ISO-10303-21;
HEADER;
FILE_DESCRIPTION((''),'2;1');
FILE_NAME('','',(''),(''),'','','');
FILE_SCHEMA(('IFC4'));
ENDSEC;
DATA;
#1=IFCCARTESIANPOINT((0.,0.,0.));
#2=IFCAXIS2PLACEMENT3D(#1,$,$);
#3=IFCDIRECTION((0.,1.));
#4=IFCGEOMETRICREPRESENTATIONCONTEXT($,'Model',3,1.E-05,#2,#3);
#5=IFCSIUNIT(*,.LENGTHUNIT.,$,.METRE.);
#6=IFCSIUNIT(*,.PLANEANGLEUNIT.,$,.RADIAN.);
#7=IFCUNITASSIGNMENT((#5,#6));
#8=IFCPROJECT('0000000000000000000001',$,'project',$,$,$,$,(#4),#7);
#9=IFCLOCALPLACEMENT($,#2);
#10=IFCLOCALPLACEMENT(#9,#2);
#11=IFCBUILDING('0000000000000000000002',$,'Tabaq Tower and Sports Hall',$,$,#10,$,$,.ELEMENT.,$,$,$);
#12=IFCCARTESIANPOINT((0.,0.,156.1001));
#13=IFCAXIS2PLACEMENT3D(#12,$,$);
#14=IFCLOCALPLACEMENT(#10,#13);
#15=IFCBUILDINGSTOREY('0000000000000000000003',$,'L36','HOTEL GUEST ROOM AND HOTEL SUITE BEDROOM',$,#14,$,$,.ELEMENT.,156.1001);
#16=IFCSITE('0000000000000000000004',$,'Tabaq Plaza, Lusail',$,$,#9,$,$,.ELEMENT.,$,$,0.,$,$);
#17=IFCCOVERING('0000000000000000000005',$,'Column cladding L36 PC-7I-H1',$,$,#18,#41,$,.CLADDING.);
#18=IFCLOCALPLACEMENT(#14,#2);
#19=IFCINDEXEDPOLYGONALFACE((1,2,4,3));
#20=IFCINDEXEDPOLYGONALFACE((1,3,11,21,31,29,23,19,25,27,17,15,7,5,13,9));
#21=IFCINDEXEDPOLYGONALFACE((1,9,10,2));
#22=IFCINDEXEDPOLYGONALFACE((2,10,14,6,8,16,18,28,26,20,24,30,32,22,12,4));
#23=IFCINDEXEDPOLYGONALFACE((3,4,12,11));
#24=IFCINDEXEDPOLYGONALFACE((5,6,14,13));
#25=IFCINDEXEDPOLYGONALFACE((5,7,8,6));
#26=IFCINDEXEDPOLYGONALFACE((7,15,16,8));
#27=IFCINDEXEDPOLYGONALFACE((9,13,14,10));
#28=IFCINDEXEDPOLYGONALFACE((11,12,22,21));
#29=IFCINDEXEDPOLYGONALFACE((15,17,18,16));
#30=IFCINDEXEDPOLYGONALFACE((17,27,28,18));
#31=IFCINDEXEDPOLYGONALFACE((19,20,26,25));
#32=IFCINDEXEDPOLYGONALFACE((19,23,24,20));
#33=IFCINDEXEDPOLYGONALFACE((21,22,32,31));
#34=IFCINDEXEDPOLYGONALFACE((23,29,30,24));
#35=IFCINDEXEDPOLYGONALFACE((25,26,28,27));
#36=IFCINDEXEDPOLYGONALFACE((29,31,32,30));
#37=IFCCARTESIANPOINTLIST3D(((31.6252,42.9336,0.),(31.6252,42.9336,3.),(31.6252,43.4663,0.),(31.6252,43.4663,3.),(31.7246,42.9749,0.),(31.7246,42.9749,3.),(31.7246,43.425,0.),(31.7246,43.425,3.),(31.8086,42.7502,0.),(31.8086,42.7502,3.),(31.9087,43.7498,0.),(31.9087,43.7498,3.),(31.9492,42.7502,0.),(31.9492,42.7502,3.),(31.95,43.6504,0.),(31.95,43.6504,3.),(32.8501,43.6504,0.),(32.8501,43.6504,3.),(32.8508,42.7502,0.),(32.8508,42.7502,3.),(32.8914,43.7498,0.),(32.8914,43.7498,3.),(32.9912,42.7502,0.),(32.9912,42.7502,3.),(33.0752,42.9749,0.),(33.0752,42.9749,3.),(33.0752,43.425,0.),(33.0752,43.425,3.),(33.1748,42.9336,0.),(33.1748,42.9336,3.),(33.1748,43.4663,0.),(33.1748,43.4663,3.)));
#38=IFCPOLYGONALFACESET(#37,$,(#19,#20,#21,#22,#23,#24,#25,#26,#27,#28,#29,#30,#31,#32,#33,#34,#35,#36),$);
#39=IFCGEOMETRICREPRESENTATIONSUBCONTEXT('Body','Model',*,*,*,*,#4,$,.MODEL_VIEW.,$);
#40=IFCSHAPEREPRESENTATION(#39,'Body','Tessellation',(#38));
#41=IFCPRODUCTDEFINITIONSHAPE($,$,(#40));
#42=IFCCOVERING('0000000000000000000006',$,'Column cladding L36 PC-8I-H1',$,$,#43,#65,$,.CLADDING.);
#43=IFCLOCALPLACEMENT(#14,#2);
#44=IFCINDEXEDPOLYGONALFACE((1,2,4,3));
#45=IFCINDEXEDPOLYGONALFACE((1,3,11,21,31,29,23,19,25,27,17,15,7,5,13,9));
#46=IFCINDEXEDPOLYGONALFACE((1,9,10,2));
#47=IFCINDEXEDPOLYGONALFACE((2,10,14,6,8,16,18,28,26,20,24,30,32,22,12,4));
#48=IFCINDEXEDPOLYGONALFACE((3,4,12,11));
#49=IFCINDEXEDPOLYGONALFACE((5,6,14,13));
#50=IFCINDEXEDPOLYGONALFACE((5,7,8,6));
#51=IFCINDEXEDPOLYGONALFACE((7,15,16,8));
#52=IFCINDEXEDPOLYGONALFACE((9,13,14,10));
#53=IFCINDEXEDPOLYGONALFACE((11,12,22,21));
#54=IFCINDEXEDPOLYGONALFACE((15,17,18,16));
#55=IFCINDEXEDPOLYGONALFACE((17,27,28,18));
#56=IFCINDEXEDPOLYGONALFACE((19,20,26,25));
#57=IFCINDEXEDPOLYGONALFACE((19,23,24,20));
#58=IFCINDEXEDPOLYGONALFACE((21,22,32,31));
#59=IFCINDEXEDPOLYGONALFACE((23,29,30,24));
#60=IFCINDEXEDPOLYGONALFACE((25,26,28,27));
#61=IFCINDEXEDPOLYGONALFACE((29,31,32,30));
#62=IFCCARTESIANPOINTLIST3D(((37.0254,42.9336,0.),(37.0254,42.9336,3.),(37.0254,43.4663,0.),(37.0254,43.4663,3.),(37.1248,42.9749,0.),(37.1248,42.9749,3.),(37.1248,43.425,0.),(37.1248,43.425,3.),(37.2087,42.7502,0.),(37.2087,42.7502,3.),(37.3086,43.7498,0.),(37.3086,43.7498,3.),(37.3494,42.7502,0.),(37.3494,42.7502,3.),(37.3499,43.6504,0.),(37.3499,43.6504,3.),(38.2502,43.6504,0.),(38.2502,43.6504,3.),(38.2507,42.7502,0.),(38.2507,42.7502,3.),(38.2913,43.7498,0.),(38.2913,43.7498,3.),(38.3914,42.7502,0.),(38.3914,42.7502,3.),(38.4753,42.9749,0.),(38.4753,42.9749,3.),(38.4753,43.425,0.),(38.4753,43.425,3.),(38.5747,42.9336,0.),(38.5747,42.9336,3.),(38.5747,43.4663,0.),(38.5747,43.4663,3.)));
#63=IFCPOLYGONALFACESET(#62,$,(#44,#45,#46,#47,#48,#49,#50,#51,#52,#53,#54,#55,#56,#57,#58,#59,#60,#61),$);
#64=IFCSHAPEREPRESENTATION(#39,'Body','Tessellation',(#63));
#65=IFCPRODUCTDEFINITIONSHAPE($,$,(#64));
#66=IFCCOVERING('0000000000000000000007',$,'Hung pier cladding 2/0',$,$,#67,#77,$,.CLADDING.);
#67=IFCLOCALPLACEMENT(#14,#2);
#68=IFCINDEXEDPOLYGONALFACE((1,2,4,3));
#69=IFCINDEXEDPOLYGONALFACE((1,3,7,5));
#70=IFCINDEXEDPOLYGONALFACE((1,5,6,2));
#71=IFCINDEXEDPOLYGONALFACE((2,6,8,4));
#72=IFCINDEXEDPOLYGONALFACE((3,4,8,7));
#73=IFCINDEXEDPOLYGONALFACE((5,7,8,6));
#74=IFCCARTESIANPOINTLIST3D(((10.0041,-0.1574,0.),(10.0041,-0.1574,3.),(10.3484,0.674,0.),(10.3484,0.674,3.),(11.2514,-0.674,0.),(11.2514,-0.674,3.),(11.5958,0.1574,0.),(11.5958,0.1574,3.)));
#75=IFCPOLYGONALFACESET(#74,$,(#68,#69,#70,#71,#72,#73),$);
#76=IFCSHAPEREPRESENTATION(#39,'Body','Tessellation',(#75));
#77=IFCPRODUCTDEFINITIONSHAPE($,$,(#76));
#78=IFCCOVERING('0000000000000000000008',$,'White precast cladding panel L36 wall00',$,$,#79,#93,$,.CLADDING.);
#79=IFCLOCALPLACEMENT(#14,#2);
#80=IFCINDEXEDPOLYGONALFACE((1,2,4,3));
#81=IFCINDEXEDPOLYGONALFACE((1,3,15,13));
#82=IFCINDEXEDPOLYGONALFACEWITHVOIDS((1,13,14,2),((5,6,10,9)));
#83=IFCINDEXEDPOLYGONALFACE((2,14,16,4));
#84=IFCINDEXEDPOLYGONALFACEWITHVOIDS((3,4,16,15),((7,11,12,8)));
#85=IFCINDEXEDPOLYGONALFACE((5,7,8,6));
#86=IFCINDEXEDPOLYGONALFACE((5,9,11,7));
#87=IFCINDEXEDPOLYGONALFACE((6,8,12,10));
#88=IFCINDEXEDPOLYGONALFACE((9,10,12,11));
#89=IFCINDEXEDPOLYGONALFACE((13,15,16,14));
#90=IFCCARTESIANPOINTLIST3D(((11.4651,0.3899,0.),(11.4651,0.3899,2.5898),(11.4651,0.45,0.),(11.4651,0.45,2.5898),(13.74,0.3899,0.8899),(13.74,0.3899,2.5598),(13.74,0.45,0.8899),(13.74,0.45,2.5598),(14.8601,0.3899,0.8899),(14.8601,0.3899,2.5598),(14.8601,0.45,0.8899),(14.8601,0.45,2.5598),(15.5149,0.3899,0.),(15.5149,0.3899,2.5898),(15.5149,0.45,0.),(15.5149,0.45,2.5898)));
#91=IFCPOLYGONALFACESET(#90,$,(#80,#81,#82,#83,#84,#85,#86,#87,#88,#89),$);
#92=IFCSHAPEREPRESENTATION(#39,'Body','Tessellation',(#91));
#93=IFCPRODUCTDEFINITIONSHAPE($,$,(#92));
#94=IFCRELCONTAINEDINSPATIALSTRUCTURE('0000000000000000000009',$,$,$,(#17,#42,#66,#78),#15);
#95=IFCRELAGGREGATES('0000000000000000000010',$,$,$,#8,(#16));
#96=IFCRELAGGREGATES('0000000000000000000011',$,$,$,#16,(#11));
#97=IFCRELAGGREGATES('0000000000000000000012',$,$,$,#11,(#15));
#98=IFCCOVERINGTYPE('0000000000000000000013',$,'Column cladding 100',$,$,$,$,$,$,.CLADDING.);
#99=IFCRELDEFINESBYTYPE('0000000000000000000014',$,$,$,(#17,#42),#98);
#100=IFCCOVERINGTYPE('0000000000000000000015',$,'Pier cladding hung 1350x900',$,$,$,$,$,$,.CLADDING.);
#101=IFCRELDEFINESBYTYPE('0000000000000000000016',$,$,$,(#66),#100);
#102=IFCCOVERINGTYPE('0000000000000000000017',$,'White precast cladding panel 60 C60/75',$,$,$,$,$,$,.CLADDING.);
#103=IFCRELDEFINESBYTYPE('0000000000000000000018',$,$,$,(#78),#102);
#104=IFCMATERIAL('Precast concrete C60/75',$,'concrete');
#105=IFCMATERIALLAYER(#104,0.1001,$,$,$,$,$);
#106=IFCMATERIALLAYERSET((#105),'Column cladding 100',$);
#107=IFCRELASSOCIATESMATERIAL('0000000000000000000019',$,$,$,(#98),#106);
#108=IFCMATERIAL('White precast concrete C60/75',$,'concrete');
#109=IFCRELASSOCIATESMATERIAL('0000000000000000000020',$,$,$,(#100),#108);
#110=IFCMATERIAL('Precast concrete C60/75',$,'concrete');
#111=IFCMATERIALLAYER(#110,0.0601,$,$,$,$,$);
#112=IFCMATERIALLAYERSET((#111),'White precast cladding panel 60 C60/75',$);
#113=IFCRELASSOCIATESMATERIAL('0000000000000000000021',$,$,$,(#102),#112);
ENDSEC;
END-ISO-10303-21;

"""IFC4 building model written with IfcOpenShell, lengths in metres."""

from ifc_helpers import new_model, si_unit, direction, frame, frame_2d, origin, place, context, subcontext, project, spatial, polyline, rectangle, outline, extrude, material, layer, layer_set, type_object, element, save


model = new_model("IFC4")

# Units and contexts
model_context = context("Model", 3, precision=1e-05, world=origin(), true_north=direction((0.0, 1.0)))
body_context = subcontext(model_context, "Body", "Model", "MODEL_VIEW")
ifc_project = project(units=[si_unit("LENGTHUNIT", "METRE"), si_unit("PLANEANGLEUNIT", "RADIAN")], contexts=[model_context])

# Site, building, storey
site_placement = place(None, origin())
site = spatial("IfcSite", under=ifc_project, at=site_placement, Name="Tabaq Plaza, Lusail", CompositionType="ELEMENT", RefElevation=0.0)
building_placement = place(site_placement, origin())
building = spatial("IfcBuilding", under=site, at=building_placement, Name="Tabaq Tower and Sports Hall", CompositionType="ELEMENT")
storey_placement = place(building_placement, frame((0.0, 0.0, 156.1001)))
storey = spatial("IfcBuildingStorey", under=building, at=storey_placement, Name="L36", Description="HOTEL GUEST ROOM AND HOTEL SUITE BEDROOM", CompositionType="ELEMENT", Elevation=156.1001)

# Coverings
ifc_material_1 = material(Name="Precast concrete C60/75", Category="concrete")
ifc_layer_1 = layer(ifc_material_1, 0.1001)
ifc_layer_set_1 = layer_set([ifc_layer_1], Name="Column cladding 100")
covering_type_1 = type_object("IfcCoveringType", Name="Column cladding 100", PredefinedType="CLADDING", material=ifc_layer_set_1)
covering_1_placement = place(storey_placement, origin())
element("IfcCovering", 1, at=covering_1_placement, inside=storey, type_object=covering_type_1, Name="Column cladding L36 PC-7I-H1", PredefinedType="CLADDING", context=body_context, shape_type="SweptSolid", body=[
    extrude(outline(polyline([(31.6252, 43.4663), (31.9087, 43.7498), (32.8914, 43.7498), (33.1748, 43.4663), (33.1748, 42.9336), (32.9912, 42.7502), (32.8508, 42.7502), (33.0752, 42.9749), (33.0752, 43.425), (32.8501, 43.6504), (31.95, 43.6504), (31.7246, 43.425), (31.7246, 42.9749), (31.9492, 42.7502), (31.8086, 42.7502), (31.6252, 42.9336), (31.6252, 43.4663)])), origin(), (0.0, 0.0, 1.0), 3.0),
])
covering_2_placement = place(storey_placement, origin())
element("IfcCovering", 2, at=covering_2_placement, inside=storey, type_object=covering_type_1, Name="Column cladding L36 PC-8I-H1", PredefinedType="CLADDING", context=body_context, shape_type="SweptSolid", body=[
    extrude(outline(polyline([(37.0254, 43.4663), (37.3086, 43.7498), (38.2913, 43.7498), (38.5747, 43.4663), (38.5747, 42.9336), (38.3914, 42.7502), (38.2507, 42.7502), (38.4753, 42.9749), (38.4753, 43.425), (38.2502, 43.6504), (37.3499, 43.6504), (37.1248, 43.425), (37.1248, 42.9749), (37.3494, 42.7502), (37.2087, 42.7502), (37.0254, 42.9336), (37.0254, 43.4663)])), origin(), (0.0, 0.0, 1.0), 3.0),
])
ifc_material_2 = material(Name="White precast concrete C60/75", Category="concrete")
covering_type_2 = type_object("IfcCoveringType", Name="Pier cladding hung 1350x900", PredefinedType="CLADDING", material=ifc_material_2)
covering_3_placement = place(storey_placement, frame((10.1763, 0.2583, 0.0), z_axis=(0.0, 0.0, 1.0), x_axis=(0.923893, -0.38265, 0.0)))
element("IfcCovering", 3, at=covering_3_placement, inside=storey, type_object=covering_type_2, Name="Hung pier cladding 2/0", PredefinedType="CLADDING", context=body_context, shape_type="SweptSolid", body=[
    extrude(rectangle(XDim=1.3501, YDim=0.8999, at=frame_2d((0.675, 0.0))), origin(), (0.0, 0.0, 1.0), 3.0),
])
ifc_material_3 = material(Name="Precast concrete C60/75", Category="concrete")
ifc_layer_2 = layer(ifc_material_3, 0.0601)
ifc_layer_set_2 = layer_set([ifc_layer_2], Name="White precast cladding panel 60 C60/75")
covering_type_3 = type_object("IfcCoveringType", Name="White precast cladding panel 60 C60/75", PredefinedType="CLADDING", material=ifc_layer_set_2)
covering_4_placement = place(storey_placement, frame((11.4651, 0.4199, 0.0), z_axis=(0.0, 0.0, 1.0), x_axis=(1.0, 0.0, 0.0)))
element("IfcCovering", 4, at=covering_4_placement, inside=storey, type_object=covering_type_3, Name="White precast cladding panel L36 wall00", PredefinedType="CLADDING", context=body_context, shape_type="SweptSolid", body=[
    extrude(outline(polyline([(0.0, 0.0), (4.0498, 0.0), (4.0498, 2.5898), (0.0, 2.5898), (0.0, 0.0)]), holes=[polyline([(3.395, 0.8899), (2.2749, 0.8899), (2.2749, 2.5598), (3.395, 2.5598), (3.395, 0.8899)])]), frame((0.0, 0.03, 0.0), z_axis=(0.0, -1.0, 0.0), x_axis=(1.0, 0.0, 0.0)), (0.0, 0.0, 1.0), 0.0601),
])

save(model, "model.ifc")
